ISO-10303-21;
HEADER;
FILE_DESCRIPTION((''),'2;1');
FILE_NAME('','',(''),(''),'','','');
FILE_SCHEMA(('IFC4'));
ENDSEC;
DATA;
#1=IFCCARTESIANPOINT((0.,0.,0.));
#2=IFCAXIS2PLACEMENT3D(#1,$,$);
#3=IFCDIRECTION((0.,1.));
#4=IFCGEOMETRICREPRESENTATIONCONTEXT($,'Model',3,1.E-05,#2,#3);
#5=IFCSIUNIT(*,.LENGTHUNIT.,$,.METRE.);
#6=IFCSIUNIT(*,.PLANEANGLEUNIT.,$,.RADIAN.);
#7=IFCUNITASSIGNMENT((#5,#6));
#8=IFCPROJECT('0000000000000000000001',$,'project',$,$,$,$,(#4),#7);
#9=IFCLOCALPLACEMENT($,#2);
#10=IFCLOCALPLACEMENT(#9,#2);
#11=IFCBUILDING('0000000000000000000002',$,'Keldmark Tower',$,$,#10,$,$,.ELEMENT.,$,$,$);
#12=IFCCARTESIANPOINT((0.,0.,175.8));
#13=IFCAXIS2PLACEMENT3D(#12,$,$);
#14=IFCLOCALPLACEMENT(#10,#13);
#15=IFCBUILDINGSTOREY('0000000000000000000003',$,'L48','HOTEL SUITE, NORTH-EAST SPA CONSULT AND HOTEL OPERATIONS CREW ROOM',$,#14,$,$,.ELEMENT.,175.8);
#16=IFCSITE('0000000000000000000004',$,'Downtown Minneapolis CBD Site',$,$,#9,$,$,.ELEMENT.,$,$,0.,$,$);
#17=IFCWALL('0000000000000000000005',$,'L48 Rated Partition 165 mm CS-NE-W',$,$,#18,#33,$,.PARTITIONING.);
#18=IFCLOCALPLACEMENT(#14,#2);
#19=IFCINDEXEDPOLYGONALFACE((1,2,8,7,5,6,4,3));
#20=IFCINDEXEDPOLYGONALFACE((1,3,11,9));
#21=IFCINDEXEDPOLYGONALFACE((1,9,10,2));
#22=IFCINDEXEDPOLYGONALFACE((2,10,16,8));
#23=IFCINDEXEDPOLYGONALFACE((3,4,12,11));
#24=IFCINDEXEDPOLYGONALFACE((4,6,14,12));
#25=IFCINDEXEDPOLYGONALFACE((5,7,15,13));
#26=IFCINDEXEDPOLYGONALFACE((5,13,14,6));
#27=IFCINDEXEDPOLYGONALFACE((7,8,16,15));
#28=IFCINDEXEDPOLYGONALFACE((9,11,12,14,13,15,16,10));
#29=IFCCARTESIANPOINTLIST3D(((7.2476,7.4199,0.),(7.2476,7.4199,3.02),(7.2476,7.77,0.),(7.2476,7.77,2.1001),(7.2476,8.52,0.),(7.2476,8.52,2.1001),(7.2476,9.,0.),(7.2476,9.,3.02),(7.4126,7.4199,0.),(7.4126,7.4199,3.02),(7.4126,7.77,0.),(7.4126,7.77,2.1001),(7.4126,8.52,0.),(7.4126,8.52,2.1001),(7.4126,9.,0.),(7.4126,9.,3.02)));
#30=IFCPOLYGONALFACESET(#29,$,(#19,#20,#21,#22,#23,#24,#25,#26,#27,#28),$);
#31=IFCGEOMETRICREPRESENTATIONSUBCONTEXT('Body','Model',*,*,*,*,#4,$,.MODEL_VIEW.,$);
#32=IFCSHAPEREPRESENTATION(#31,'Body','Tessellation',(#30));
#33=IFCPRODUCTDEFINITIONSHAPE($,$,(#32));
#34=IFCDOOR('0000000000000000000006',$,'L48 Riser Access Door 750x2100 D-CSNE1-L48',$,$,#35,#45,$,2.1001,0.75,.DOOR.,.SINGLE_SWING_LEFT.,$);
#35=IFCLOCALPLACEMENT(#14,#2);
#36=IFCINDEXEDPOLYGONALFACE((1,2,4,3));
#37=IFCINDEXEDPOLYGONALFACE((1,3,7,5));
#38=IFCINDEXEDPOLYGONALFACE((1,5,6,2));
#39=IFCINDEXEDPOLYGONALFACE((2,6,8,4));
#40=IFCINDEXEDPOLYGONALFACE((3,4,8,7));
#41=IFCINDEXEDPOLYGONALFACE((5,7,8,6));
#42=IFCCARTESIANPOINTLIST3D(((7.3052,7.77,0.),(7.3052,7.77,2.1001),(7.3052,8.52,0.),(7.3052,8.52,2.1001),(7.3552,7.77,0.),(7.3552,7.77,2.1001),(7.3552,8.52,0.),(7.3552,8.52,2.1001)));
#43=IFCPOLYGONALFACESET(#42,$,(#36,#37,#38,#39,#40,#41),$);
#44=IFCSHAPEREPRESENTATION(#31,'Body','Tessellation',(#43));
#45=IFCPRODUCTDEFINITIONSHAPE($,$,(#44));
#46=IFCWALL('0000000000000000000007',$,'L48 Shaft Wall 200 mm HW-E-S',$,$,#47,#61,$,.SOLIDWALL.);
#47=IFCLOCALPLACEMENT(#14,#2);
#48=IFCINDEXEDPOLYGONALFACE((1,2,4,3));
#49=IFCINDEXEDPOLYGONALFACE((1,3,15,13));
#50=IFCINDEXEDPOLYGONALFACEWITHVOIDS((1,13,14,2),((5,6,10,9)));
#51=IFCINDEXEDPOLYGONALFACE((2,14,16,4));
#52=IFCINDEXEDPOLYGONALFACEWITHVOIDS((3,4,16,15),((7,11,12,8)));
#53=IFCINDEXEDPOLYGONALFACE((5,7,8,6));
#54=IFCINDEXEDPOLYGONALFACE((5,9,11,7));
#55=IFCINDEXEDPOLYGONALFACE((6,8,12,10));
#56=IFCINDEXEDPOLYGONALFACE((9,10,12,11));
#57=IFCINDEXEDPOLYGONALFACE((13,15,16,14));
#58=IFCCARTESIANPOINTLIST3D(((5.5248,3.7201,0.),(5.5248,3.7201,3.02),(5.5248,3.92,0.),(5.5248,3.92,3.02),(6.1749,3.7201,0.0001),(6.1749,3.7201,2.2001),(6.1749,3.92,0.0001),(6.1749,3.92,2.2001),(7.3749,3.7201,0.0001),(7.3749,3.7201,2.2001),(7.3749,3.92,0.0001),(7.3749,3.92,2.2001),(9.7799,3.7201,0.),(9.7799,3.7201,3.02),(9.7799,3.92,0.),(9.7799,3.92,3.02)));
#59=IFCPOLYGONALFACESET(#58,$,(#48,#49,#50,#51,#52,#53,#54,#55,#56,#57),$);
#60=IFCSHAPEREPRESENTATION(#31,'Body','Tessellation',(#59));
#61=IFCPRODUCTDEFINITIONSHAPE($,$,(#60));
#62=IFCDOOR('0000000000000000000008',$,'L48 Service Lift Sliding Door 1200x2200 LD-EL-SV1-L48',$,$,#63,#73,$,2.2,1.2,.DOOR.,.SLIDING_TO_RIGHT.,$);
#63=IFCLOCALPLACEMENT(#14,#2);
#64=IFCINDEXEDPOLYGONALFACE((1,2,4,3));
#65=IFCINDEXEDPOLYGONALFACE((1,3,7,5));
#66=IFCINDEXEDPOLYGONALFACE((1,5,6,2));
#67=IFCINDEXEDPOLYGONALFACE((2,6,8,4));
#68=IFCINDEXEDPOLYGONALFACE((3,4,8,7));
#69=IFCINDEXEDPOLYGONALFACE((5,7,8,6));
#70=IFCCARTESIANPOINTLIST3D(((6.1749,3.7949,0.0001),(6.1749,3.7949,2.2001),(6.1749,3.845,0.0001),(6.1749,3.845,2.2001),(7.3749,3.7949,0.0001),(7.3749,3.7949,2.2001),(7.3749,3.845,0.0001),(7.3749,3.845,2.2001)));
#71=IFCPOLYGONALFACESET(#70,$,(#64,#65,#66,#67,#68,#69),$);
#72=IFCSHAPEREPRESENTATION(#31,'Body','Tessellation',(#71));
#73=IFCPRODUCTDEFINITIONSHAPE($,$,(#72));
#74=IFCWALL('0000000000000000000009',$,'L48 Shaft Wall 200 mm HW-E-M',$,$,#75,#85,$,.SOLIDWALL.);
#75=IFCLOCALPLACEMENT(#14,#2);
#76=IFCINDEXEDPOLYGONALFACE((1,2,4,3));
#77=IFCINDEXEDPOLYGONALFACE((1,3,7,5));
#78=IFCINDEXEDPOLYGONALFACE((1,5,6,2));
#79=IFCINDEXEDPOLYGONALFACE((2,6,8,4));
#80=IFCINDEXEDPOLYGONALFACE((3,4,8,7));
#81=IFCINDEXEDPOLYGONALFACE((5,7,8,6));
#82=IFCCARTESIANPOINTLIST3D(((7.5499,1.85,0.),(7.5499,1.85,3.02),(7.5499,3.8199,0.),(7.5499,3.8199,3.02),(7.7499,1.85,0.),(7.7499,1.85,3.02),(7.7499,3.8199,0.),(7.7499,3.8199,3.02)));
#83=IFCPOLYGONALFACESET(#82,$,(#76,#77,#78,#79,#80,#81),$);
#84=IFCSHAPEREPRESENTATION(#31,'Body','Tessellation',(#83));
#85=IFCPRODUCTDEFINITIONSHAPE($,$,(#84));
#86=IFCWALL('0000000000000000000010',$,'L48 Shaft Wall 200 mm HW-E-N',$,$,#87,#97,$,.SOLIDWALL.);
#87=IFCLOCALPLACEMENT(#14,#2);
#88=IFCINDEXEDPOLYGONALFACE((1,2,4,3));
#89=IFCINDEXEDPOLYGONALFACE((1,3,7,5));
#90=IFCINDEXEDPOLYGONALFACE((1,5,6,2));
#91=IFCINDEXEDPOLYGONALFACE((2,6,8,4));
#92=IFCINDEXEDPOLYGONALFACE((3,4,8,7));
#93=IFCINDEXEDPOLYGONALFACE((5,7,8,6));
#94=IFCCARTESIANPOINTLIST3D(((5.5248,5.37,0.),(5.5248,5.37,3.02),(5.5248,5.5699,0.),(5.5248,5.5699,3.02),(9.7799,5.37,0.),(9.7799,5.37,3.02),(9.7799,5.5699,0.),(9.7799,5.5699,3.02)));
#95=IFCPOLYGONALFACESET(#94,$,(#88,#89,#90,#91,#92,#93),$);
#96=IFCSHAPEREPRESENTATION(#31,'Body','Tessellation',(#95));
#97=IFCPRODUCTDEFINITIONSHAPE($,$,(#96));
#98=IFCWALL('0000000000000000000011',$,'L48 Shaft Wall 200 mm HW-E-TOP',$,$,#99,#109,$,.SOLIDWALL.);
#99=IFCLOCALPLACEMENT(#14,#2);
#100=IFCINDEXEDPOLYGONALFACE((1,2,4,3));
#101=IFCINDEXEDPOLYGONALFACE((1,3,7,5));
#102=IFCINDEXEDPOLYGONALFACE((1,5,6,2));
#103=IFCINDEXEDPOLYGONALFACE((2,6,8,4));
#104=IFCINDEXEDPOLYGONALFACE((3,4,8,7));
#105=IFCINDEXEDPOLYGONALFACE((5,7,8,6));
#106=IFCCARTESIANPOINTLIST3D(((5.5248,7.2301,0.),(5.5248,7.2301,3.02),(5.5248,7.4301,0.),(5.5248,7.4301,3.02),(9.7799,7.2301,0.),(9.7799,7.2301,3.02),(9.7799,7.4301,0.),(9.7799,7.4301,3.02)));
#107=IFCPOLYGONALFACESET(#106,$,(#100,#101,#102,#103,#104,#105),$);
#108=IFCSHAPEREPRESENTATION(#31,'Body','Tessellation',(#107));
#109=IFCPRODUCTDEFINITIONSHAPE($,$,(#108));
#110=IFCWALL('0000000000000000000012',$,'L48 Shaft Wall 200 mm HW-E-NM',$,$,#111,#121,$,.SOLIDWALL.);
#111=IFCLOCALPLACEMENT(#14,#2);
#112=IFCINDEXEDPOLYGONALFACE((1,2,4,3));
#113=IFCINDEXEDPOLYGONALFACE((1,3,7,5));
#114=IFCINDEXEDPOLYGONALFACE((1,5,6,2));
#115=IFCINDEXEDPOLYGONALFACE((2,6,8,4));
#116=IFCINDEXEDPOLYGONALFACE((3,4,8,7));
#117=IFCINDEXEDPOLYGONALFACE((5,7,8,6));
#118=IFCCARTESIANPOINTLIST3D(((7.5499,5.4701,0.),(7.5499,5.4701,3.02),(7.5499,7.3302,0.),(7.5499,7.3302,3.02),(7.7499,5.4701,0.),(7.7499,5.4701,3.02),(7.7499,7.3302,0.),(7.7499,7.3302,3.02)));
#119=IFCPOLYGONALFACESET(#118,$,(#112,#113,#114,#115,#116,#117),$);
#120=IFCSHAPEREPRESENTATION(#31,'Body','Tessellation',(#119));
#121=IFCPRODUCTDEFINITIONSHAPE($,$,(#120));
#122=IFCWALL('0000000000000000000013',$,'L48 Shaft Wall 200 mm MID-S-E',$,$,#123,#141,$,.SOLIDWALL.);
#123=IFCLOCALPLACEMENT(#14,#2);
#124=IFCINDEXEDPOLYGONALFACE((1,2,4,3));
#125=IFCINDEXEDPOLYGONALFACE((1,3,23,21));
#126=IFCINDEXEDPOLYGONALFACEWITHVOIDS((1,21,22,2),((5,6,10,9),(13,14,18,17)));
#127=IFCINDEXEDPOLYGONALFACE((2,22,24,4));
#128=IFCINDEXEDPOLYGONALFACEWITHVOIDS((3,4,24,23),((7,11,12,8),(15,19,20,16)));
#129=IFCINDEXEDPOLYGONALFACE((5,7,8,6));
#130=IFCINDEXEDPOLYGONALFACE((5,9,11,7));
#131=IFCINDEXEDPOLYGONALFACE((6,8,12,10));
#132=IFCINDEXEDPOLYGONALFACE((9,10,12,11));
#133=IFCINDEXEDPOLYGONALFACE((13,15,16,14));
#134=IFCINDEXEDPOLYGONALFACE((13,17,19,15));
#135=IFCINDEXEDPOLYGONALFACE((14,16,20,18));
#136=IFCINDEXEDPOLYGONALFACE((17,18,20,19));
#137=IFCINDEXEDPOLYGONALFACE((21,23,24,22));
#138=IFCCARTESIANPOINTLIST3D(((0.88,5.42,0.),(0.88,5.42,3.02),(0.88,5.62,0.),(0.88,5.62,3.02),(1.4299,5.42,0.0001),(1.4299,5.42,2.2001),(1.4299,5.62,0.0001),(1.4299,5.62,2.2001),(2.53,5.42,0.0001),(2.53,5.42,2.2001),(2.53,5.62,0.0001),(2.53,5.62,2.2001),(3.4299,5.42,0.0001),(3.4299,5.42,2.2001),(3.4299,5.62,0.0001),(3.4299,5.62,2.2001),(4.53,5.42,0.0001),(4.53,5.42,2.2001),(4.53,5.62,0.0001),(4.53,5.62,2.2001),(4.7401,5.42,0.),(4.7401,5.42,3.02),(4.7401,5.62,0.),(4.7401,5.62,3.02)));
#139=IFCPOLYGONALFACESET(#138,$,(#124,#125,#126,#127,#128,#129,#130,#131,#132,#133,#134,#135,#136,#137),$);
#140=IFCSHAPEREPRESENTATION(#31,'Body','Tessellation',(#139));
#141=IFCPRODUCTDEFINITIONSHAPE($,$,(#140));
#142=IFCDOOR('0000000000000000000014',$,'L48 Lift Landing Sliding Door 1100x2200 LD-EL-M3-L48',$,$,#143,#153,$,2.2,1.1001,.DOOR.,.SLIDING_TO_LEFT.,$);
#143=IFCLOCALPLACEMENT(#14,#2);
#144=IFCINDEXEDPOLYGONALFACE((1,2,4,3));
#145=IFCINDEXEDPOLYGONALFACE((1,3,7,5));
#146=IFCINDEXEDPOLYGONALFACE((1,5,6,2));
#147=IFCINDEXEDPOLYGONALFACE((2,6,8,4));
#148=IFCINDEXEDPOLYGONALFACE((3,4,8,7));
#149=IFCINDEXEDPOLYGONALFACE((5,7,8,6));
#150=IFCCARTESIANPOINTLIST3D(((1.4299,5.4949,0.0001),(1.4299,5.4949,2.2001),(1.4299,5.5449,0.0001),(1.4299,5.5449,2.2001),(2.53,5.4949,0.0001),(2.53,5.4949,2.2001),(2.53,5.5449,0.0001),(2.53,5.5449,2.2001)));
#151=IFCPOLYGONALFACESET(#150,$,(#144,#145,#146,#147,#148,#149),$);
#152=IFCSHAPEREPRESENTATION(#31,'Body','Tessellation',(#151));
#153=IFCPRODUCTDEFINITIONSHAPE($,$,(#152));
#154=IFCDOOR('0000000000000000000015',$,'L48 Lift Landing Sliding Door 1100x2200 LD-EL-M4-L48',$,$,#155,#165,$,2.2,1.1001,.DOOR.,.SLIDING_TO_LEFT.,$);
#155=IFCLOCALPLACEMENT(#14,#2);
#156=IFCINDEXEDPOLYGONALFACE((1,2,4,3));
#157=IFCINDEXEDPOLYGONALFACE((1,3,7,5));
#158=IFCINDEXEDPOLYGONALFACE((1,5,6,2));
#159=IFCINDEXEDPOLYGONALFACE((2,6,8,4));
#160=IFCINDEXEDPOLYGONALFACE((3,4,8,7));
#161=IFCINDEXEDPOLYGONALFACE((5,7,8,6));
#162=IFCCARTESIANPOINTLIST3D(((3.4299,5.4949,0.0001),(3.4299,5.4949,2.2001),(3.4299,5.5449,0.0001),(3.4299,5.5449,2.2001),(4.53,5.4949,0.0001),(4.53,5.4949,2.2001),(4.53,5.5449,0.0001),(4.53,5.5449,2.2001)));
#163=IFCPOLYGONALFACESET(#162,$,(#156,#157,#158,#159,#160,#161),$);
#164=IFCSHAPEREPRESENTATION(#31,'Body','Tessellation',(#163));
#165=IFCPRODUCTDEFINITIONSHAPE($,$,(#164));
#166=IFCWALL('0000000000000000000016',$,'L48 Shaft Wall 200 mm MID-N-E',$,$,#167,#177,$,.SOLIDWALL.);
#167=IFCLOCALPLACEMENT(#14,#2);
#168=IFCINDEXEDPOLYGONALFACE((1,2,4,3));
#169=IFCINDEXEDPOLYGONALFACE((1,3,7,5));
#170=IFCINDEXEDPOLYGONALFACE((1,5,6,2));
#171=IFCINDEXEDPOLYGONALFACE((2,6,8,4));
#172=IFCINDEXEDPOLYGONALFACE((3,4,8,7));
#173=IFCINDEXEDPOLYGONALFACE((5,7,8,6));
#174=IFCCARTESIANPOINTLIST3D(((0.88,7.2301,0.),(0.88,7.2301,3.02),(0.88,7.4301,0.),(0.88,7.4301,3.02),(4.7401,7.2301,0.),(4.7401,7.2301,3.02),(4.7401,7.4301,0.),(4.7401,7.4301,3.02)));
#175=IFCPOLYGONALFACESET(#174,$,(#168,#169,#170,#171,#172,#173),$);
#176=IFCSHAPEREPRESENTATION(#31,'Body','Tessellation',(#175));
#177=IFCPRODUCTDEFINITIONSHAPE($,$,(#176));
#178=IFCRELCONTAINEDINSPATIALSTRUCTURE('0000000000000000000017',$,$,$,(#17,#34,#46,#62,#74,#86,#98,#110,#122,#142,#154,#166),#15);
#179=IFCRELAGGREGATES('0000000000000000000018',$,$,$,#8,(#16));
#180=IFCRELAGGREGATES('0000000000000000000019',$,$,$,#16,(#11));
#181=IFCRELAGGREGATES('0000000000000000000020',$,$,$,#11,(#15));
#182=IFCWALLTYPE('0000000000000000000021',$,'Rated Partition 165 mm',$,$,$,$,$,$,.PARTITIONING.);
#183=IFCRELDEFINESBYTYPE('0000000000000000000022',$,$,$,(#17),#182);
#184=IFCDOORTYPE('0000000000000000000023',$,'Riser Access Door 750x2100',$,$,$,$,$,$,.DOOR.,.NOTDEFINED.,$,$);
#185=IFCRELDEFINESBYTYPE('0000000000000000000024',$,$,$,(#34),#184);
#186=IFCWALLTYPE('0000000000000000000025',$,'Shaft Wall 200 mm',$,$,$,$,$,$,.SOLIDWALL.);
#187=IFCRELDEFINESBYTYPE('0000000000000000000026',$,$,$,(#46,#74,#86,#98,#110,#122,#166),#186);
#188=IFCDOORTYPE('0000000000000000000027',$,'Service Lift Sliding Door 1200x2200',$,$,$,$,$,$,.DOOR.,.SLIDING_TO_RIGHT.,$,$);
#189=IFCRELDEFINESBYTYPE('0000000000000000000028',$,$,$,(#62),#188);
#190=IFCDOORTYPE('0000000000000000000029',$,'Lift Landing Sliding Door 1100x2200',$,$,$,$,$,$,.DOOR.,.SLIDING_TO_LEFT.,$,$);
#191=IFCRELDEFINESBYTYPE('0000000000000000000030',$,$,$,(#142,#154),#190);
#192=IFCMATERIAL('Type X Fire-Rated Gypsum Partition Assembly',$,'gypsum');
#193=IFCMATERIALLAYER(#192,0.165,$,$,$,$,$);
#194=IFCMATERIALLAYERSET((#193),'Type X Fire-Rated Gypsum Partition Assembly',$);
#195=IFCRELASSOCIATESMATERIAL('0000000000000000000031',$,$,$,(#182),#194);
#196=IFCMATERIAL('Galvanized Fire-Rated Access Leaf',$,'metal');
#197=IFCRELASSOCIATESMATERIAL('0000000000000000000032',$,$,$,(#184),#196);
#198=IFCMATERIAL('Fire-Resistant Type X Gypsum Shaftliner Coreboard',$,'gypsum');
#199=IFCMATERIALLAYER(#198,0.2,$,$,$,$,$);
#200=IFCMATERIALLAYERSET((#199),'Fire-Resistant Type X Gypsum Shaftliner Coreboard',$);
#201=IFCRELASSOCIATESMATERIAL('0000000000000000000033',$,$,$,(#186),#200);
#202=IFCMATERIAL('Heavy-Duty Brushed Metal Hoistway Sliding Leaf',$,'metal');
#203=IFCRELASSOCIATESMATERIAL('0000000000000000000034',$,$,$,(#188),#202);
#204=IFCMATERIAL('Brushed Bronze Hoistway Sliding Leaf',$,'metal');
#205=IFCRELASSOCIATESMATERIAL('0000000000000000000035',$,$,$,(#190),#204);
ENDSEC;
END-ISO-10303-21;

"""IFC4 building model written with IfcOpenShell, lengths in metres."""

from ifc_helpers import new_model, si_unit, direction, frame, frame_2d, origin, place, context, subcontext, project, spatial, rectangle, extrude, material, layer, layer_set, type_object, element, fill, save


model = new_model("IFC4")

# Units and contexts
model_context = context("Model", 3, precision=1e-05, world=origin(), true_north=direction((0.0, 1.0)))
body_context = subcontext(model_context, "Body", "Model", "MODEL_VIEW")
ifc_project = project(units=[si_unit("LENGTHUNIT", "METRE"), si_unit("PLANEANGLEUNIT", "RADIAN")], contexts=[model_context])

# Site, building, storey
site_placement = place(None, origin())
site = spatial("IfcSite", under=ifc_project, at=site_placement, Name="Downtown Minneapolis CBD Site", CompositionType="ELEMENT", RefElevation=0.0)
building_placement = place(site_placement, origin())
building = spatial("IfcBuilding", under=site, at=building_placement, Name="Keldmark Tower", CompositionType="ELEMENT")
storey_placement = place(building_placement, frame((0.0, 0.0, 175.8)))
storey = spatial("IfcBuildingStorey", under=building, at=storey_placement, Name="L48", Description="HOTEL SUITE, NORTH-EAST SPA CONSULT AND HOTEL OPERATIONS CREW ROOM", CompositionType="ELEMENT", Elevation=175.8)

# Shared definitions
ifc_material_1 = material(Name="Type X Fire-Rated Gypsum Partition Assembly", Category="gypsum")
ifc_layer_1 = layer(ifc_material_1, 0.165)
ifc_layer_set_1 = layer_set([ifc_layer_1], Name="Type X Fire-Rated Gypsum Partition Assembly")
wall_type_1 = type_object("IfcWallType", Name="Rated Partition 165 mm", PredefinedType="PARTITIONING", material=ifc_layer_set_1)

# Walls, openings, doors
wall_1_placement = place(storey_placement, frame((7.3301, 7.4199, 0.0), z_axis=(0.0, 0.0, 1.0), x_axis=(0.0, 1.0, 0.0)))
wall_1 = element("IfcWall", 1, at=wall_1_placement, inside=storey, type_object=wall_type_1, Name="L48 Rated Partition 165 mm CS-NE-W", PredefinedType="PARTITIONING", context=body_context, shape_type="SweptSolid", body=[
    extrude(rectangle(XDim=1.5801, YDim=0.165, at=frame_2d((0.79, 0.0))), origin(), (0.0, 0.0, 1.0), 3.02),
])
opening_1_placement = place(wall_1_placement, frame((0.3501, 0.0, 0.0)))
opening_1 = element("IfcOpeningElement", 2, at=opening_1_placement, cuts=wall_1, PredefinedType="OPENING", context=body_context, shape_type="SweptSolid", body=[
    extrude(rectangle(XDim=0.75, YDim=2.1001, at=frame_2d((0.375, 1.05))), frame((0.0, 0.0925, 0.0), z_axis=(0.0, -1.0, 0.0), x_axis=(1.0, 0.0, 0.0)), (0.0, 0.0, 1.0), 0.1851),
])
ifc_material_2 = material(Name="Galvanized Fire-Rated Access Leaf", Category="metal")
door_type_1 = type_object("IfcDoorType", Name="Riser Access Door 750x2100", OperationType="NOTDEFINED", PredefinedType="DOOR", material=ifc_material_2)
door_1_placement = place(opening_1_placement, origin())
door_1 = element("IfcDoor", 3, at=door_1_placement, inside=storey, type_object=door_type_1, Name="L48 Riser Access Door 750x2100 D-CSNE1-L48", OperationType="SINGLE_SWING_LEFT", OverallHeight=2.1001, OverallWidth=0.75, PredefinedType="DOOR", context=body_context, shape_type="SweptSolid", body=[
    extrude(rectangle(XDim=0.75, YDim=2.1001, at=frame_2d((0.375, 1.05))), frame((0.0, 0.0249, 0.0), z_axis=(0.0, -1.0, 0.0), x_axis=(1.0, 0.0, 0.0)), (0.0, 0.0, 1.0), 0.05),
])
fill(opening_1, door_1)
ifc_material_3 = material(Name="Fire-Resistant Type X Gypsum Shaftliner Coreboard", Category="gypsum")
ifc_layer_2 = layer(ifc_material_3, 0.2)
ifc_layer_set_2 = layer_set([ifc_layer_2], Name="Fire-Resistant Type X Gypsum Shaftliner Coreboard")
wall_type_2 = type_object("IfcWallType", Name="Shaft Wall 200 mm", PredefinedType="SOLIDWALL", material=ifc_layer_set_2)
wall_2_placement = place(storey_placement, frame((5.5249, 3.8201, 0.0), z_axis=(0.0, 0.0, 1.0), x_axis=(1.0, 0.0, 0.0)))
wall_2 = element("IfcWall", 4, at=wall_2_placement, inside=storey, type_object=wall_type_2, Name="L48 Shaft Wall 200 mm HW-E-S", PredefinedType="SOLIDWALL", context=body_context, shape_type="SweptSolid", body=[
    extrude(rectangle(XDim=4.2551, YDim=0.2, at=frame_2d((2.1274, 0.0))), origin(), (0.0, 0.0, 1.0), 3.02),
])
opening_2_placement = place(wall_2_placement, frame((0.6499, 0.0, 0.0)))
opening_2 = element("IfcOpeningElement", 5, at=opening_2_placement, cuts=wall_2, PredefinedType="OPENING", context=body_context, shape_type="SweptSolid", body=[
    extrude(rectangle(XDim=1.2, YDim=2.2, at=frame_2d((0.6001, 1.1001))), frame((0.0, 0.1099, 0.0), z_axis=(0.0, -1.0, 0.0), x_axis=(1.0, 0.0, 0.0)), (0.0, 0.0, 1.0), 0.22),
])
ifc_material_4 = material(Name="Heavy-Duty Brushed Metal Hoistway Sliding Leaf", Category="metal")
door_type_2 = type_object("IfcDoorType", Name="Service Lift Sliding Door 1200x2200", OperationType="SLIDING_TO_RIGHT", PredefinedType="DOOR", material=ifc_material_4)
door_2_placement = place(opening_2_placement, origin())
door_2 = element("IfcDoor", 6, at=door_2_placement, inside=storey, type_object=door_type_2, Name="L48 Service Lift Sliding Door 1200x2200 LD-EL-SV1-L48", OperationType="SLIDING_TO_RIGHT", OverallHeight=2.2, OverallWidth=1.2, PredefinedType="DOOR", context=body_context, shape_type="SweptSolid", body=[
    extrude(rectangle(XDim=1.2, YDim=2.2, at=frame_2d((0.6001, 1.1001))), frame((0.0, 0.0249, 0.0), z_axis=(0.0, -1.0, 0.0), x_axis=(1.0, 0.0, 0.0)), (0.0, 0.0, 1.0), 0.05),
])
fill(opening_2, door_2)

# Walls
wall_3_placement = place(storey_placement, frame((7.6499, 1.8501, 0.0), z_axis=(0.0, 0.0, 1.0), x_axis=(0.0, 1.0, 0.0)))
element("IfcWall", 7, at=wall_3_placement, inside=storey, type_object=wall_type_2, Name="L48 Shaft Wall 200 mm HW-E-M", PredefinedType="SOLIDWALL", context=body_context, shape_type="SweptSolid", body=[
    extrude(rectangle(XDim=1.97, YDim=0.2, at=frame_2d((0.9849, 0.0))), origin(), (0.0, 0.0, 1.0), 3.02),
])
for number, where, z_axis, x_axis, name in (
    (8, (5.5249, 5.47, 0.0), (0.0, 0.0, 1.0), (1.0, 0.0, 0.0), "L48 Shaft Wall 200 mm HW-E-N"),
    (9, (5.5249, 7.3301, 0.0), (0.0, 0.0, 1.0), (1.0, 0.0, 0.0), "L48 Shaft Wall 200 mm HW-E-TOP"),
):
    element("IfcWall", number, at=place(storey_placement, frame(where, z_axis=z_axis, x_axis=x_axis)), inside=storey, type_object=wall_type_2, Name=name, PredefinedType="SOLIDWALL", context=body_context, shape_type="SweptSolid", body=[
        extrude(rectangle(XDim=4.2551, YDim=0.2, at=frame_2d((2.1274, 0.0))), origin(), (0.0, 0.0, 1.0), 3.02),
    ])
wall_4_placement = place(storey_placement, frame((7.6499, 5.47, 0.0), z_axis=(0.0, 0.0, 1.0), x_axis=(0.0, 1.0, 0.0)))
element("IfcWall", 10, at=wall_4_placement, inside=storey, type_object=wall_type_2, Name="L48 Shaft Wall 200 mm HW-E-NM", PredefinedType="SOLIDWALL", context=body_context, shape_type="SweptSolid", body=[
    extrude(rectangle(XDim=1.8601, YDim=0.2, at=frame_2d((0.9302, 0.0))), origin(), (0.0, 0.0, 1.0), 3.02),
])

# Wall, openings, doors
wall_5_placement = place(storey_placement, frame((0.8799, 5.52, 0.0), z_axis=(0.0, 0.0, 1.0), x_axis=(1.0, 0.0, 0.0)))
wall_5 = element("IfcWall", 11, at=wall_5_placement, inside=storey, type_object=wall_type_2, Name="L48 Shaft Wall 200 mm MID-S-E", PredefinedType="SOLIDWALL", context=body_context, shape_type="SweptSolid", body=[
    extrude(rectangle(XDim=3.8601, YDim=0.2, at=frame_2d((1.9302, 0.0))), origin(), (0.0, 0.0, 1.0), 3.02),
])
opening_3_placement = place(wall_5_placement, frame((0.55, 0.0, 0.0)))
opening_3 = element("IfcOpeningElement", 12, at=opening_3_placement, cuts=wall_5, PredefinedType="OPENING", context=body_context, shape_type="SweptSolid", body=[
    extrude(rectangle(XDim=1.1001, YDim=2.2, at=frame_2d((0.55, 1.1001))), frame((0.0, 0.1099, 0.0), z_axis=(0.0, -1.0, 0.0), x_axis=(1.0, 0.0, 0.0)), (0.0, 0.0, 1.0), 0.22),
])
opening_4_placement = place(wall_5_placement, frame((2.55, 0.0, 0.0)))
opening_4 = element("IfcOpeningElement", 13, at=opening_4_placement, cuts=wall_5, PredefinedType="OPENING", context=body_context, shape_type="SweptSolid", body=[
    extrude(rectangle(XDim=1.1001, YDim=2.2, at=frame_2d((0.55, 1.1001))), frame((0.0, 0.1099, 0.0), z_axis=(0.0, -1.0, 0.0), x_axis=(1.0, 0.0, 0.0)), (0.0, 0.0, 1.0), 0.22),
])
ifc_material_5 = material(Name="Brushed Bronze Hoistway Sliding Leaf", Category="metal")
door_type_3 = type_object("IfcDoorType", Name="Lift Landing Sliding Door 1100x2200", OperationType="SLIDING_TO_LEFT", PredefinedType="DOOR", material=ifc_material_5)
door_3_placement = place(opening_3_placement, origin())
door_3 = element("IfcDoor", 14, at=door_3_placement, inside=storey, type_object=door_type_3, Name="L48 Lift Landing Sliding Door 1100x2200 LD-EL-M3-L48", OperationType="SLIDING_TO_LEFT", OverallHeight=2.2, OverallWidth=1.1001, PredefinedType="DOOR", context=body_context, shape_type="SweptSolid", body=[
    extrude(rectangle(XDim=1.1001, YDim=2.2, at=frame_2d((0.55, 1.1001))), frame((0.0, 0.0249, 0.0), z_axis=(0.0, -1.0, 0.0), x_axis=(1.0, 0.0, 0.0)), (0.0, 0.0, 1.0), 0.05),
])
fill(opening_3, door_3)
door_4_placement = place(opening_4_placement, origin())
door_4 = element("IfcDoor", 15, at=door_4_placement, inside=storey, type_object=door_type_3, Name="L48 Lift Landing Sliding Door 1100x2200 LD-EL-M4-L48", OperationType="SLIDING_TO_LEFT", OverallHeight=2.2, OverallWidth=1.1001, PredefinedType="DOOR", context=body_context, shape_type="SweptSolid", body=[
    extrude(rectangle(XDim=1.1001, YDim=2.2, at=frame_2d((0.55, 1.1001))), frame((0.0, 0.0249, 0.0), z_axis=(0.0, -1.0, 0.0), x_axis=(1.0, 0.0, 0.0)), (0.0, 0.0, 1.0), 0.05),
])
fill(opening_4, door_4)

# Wall
wall_6_placement = place(storey_placement, frame((0.8799, 7.3301, 0.0), z_axis=(0.0, 0.0, 1.0), x_axis=(1.0, 0.0, 0.0)))
element("IfcWall", 16, at=wall_6_placement, inside=storey, type_object=wall_type_2, Name="L48 Shaft Wall 200 mm MID-N-E", PredefinedType="SOLIDWALL", context=body_context, shape_type="SweptSolid", body=[
    extrude(rectangle(XDim=3.8601, YDim=0.2, at=frame_2d((1.9302, 0.0))), origin(), (0.0, 0.0, 1.0), 3.02),
])

save(model, "model.ifc")
